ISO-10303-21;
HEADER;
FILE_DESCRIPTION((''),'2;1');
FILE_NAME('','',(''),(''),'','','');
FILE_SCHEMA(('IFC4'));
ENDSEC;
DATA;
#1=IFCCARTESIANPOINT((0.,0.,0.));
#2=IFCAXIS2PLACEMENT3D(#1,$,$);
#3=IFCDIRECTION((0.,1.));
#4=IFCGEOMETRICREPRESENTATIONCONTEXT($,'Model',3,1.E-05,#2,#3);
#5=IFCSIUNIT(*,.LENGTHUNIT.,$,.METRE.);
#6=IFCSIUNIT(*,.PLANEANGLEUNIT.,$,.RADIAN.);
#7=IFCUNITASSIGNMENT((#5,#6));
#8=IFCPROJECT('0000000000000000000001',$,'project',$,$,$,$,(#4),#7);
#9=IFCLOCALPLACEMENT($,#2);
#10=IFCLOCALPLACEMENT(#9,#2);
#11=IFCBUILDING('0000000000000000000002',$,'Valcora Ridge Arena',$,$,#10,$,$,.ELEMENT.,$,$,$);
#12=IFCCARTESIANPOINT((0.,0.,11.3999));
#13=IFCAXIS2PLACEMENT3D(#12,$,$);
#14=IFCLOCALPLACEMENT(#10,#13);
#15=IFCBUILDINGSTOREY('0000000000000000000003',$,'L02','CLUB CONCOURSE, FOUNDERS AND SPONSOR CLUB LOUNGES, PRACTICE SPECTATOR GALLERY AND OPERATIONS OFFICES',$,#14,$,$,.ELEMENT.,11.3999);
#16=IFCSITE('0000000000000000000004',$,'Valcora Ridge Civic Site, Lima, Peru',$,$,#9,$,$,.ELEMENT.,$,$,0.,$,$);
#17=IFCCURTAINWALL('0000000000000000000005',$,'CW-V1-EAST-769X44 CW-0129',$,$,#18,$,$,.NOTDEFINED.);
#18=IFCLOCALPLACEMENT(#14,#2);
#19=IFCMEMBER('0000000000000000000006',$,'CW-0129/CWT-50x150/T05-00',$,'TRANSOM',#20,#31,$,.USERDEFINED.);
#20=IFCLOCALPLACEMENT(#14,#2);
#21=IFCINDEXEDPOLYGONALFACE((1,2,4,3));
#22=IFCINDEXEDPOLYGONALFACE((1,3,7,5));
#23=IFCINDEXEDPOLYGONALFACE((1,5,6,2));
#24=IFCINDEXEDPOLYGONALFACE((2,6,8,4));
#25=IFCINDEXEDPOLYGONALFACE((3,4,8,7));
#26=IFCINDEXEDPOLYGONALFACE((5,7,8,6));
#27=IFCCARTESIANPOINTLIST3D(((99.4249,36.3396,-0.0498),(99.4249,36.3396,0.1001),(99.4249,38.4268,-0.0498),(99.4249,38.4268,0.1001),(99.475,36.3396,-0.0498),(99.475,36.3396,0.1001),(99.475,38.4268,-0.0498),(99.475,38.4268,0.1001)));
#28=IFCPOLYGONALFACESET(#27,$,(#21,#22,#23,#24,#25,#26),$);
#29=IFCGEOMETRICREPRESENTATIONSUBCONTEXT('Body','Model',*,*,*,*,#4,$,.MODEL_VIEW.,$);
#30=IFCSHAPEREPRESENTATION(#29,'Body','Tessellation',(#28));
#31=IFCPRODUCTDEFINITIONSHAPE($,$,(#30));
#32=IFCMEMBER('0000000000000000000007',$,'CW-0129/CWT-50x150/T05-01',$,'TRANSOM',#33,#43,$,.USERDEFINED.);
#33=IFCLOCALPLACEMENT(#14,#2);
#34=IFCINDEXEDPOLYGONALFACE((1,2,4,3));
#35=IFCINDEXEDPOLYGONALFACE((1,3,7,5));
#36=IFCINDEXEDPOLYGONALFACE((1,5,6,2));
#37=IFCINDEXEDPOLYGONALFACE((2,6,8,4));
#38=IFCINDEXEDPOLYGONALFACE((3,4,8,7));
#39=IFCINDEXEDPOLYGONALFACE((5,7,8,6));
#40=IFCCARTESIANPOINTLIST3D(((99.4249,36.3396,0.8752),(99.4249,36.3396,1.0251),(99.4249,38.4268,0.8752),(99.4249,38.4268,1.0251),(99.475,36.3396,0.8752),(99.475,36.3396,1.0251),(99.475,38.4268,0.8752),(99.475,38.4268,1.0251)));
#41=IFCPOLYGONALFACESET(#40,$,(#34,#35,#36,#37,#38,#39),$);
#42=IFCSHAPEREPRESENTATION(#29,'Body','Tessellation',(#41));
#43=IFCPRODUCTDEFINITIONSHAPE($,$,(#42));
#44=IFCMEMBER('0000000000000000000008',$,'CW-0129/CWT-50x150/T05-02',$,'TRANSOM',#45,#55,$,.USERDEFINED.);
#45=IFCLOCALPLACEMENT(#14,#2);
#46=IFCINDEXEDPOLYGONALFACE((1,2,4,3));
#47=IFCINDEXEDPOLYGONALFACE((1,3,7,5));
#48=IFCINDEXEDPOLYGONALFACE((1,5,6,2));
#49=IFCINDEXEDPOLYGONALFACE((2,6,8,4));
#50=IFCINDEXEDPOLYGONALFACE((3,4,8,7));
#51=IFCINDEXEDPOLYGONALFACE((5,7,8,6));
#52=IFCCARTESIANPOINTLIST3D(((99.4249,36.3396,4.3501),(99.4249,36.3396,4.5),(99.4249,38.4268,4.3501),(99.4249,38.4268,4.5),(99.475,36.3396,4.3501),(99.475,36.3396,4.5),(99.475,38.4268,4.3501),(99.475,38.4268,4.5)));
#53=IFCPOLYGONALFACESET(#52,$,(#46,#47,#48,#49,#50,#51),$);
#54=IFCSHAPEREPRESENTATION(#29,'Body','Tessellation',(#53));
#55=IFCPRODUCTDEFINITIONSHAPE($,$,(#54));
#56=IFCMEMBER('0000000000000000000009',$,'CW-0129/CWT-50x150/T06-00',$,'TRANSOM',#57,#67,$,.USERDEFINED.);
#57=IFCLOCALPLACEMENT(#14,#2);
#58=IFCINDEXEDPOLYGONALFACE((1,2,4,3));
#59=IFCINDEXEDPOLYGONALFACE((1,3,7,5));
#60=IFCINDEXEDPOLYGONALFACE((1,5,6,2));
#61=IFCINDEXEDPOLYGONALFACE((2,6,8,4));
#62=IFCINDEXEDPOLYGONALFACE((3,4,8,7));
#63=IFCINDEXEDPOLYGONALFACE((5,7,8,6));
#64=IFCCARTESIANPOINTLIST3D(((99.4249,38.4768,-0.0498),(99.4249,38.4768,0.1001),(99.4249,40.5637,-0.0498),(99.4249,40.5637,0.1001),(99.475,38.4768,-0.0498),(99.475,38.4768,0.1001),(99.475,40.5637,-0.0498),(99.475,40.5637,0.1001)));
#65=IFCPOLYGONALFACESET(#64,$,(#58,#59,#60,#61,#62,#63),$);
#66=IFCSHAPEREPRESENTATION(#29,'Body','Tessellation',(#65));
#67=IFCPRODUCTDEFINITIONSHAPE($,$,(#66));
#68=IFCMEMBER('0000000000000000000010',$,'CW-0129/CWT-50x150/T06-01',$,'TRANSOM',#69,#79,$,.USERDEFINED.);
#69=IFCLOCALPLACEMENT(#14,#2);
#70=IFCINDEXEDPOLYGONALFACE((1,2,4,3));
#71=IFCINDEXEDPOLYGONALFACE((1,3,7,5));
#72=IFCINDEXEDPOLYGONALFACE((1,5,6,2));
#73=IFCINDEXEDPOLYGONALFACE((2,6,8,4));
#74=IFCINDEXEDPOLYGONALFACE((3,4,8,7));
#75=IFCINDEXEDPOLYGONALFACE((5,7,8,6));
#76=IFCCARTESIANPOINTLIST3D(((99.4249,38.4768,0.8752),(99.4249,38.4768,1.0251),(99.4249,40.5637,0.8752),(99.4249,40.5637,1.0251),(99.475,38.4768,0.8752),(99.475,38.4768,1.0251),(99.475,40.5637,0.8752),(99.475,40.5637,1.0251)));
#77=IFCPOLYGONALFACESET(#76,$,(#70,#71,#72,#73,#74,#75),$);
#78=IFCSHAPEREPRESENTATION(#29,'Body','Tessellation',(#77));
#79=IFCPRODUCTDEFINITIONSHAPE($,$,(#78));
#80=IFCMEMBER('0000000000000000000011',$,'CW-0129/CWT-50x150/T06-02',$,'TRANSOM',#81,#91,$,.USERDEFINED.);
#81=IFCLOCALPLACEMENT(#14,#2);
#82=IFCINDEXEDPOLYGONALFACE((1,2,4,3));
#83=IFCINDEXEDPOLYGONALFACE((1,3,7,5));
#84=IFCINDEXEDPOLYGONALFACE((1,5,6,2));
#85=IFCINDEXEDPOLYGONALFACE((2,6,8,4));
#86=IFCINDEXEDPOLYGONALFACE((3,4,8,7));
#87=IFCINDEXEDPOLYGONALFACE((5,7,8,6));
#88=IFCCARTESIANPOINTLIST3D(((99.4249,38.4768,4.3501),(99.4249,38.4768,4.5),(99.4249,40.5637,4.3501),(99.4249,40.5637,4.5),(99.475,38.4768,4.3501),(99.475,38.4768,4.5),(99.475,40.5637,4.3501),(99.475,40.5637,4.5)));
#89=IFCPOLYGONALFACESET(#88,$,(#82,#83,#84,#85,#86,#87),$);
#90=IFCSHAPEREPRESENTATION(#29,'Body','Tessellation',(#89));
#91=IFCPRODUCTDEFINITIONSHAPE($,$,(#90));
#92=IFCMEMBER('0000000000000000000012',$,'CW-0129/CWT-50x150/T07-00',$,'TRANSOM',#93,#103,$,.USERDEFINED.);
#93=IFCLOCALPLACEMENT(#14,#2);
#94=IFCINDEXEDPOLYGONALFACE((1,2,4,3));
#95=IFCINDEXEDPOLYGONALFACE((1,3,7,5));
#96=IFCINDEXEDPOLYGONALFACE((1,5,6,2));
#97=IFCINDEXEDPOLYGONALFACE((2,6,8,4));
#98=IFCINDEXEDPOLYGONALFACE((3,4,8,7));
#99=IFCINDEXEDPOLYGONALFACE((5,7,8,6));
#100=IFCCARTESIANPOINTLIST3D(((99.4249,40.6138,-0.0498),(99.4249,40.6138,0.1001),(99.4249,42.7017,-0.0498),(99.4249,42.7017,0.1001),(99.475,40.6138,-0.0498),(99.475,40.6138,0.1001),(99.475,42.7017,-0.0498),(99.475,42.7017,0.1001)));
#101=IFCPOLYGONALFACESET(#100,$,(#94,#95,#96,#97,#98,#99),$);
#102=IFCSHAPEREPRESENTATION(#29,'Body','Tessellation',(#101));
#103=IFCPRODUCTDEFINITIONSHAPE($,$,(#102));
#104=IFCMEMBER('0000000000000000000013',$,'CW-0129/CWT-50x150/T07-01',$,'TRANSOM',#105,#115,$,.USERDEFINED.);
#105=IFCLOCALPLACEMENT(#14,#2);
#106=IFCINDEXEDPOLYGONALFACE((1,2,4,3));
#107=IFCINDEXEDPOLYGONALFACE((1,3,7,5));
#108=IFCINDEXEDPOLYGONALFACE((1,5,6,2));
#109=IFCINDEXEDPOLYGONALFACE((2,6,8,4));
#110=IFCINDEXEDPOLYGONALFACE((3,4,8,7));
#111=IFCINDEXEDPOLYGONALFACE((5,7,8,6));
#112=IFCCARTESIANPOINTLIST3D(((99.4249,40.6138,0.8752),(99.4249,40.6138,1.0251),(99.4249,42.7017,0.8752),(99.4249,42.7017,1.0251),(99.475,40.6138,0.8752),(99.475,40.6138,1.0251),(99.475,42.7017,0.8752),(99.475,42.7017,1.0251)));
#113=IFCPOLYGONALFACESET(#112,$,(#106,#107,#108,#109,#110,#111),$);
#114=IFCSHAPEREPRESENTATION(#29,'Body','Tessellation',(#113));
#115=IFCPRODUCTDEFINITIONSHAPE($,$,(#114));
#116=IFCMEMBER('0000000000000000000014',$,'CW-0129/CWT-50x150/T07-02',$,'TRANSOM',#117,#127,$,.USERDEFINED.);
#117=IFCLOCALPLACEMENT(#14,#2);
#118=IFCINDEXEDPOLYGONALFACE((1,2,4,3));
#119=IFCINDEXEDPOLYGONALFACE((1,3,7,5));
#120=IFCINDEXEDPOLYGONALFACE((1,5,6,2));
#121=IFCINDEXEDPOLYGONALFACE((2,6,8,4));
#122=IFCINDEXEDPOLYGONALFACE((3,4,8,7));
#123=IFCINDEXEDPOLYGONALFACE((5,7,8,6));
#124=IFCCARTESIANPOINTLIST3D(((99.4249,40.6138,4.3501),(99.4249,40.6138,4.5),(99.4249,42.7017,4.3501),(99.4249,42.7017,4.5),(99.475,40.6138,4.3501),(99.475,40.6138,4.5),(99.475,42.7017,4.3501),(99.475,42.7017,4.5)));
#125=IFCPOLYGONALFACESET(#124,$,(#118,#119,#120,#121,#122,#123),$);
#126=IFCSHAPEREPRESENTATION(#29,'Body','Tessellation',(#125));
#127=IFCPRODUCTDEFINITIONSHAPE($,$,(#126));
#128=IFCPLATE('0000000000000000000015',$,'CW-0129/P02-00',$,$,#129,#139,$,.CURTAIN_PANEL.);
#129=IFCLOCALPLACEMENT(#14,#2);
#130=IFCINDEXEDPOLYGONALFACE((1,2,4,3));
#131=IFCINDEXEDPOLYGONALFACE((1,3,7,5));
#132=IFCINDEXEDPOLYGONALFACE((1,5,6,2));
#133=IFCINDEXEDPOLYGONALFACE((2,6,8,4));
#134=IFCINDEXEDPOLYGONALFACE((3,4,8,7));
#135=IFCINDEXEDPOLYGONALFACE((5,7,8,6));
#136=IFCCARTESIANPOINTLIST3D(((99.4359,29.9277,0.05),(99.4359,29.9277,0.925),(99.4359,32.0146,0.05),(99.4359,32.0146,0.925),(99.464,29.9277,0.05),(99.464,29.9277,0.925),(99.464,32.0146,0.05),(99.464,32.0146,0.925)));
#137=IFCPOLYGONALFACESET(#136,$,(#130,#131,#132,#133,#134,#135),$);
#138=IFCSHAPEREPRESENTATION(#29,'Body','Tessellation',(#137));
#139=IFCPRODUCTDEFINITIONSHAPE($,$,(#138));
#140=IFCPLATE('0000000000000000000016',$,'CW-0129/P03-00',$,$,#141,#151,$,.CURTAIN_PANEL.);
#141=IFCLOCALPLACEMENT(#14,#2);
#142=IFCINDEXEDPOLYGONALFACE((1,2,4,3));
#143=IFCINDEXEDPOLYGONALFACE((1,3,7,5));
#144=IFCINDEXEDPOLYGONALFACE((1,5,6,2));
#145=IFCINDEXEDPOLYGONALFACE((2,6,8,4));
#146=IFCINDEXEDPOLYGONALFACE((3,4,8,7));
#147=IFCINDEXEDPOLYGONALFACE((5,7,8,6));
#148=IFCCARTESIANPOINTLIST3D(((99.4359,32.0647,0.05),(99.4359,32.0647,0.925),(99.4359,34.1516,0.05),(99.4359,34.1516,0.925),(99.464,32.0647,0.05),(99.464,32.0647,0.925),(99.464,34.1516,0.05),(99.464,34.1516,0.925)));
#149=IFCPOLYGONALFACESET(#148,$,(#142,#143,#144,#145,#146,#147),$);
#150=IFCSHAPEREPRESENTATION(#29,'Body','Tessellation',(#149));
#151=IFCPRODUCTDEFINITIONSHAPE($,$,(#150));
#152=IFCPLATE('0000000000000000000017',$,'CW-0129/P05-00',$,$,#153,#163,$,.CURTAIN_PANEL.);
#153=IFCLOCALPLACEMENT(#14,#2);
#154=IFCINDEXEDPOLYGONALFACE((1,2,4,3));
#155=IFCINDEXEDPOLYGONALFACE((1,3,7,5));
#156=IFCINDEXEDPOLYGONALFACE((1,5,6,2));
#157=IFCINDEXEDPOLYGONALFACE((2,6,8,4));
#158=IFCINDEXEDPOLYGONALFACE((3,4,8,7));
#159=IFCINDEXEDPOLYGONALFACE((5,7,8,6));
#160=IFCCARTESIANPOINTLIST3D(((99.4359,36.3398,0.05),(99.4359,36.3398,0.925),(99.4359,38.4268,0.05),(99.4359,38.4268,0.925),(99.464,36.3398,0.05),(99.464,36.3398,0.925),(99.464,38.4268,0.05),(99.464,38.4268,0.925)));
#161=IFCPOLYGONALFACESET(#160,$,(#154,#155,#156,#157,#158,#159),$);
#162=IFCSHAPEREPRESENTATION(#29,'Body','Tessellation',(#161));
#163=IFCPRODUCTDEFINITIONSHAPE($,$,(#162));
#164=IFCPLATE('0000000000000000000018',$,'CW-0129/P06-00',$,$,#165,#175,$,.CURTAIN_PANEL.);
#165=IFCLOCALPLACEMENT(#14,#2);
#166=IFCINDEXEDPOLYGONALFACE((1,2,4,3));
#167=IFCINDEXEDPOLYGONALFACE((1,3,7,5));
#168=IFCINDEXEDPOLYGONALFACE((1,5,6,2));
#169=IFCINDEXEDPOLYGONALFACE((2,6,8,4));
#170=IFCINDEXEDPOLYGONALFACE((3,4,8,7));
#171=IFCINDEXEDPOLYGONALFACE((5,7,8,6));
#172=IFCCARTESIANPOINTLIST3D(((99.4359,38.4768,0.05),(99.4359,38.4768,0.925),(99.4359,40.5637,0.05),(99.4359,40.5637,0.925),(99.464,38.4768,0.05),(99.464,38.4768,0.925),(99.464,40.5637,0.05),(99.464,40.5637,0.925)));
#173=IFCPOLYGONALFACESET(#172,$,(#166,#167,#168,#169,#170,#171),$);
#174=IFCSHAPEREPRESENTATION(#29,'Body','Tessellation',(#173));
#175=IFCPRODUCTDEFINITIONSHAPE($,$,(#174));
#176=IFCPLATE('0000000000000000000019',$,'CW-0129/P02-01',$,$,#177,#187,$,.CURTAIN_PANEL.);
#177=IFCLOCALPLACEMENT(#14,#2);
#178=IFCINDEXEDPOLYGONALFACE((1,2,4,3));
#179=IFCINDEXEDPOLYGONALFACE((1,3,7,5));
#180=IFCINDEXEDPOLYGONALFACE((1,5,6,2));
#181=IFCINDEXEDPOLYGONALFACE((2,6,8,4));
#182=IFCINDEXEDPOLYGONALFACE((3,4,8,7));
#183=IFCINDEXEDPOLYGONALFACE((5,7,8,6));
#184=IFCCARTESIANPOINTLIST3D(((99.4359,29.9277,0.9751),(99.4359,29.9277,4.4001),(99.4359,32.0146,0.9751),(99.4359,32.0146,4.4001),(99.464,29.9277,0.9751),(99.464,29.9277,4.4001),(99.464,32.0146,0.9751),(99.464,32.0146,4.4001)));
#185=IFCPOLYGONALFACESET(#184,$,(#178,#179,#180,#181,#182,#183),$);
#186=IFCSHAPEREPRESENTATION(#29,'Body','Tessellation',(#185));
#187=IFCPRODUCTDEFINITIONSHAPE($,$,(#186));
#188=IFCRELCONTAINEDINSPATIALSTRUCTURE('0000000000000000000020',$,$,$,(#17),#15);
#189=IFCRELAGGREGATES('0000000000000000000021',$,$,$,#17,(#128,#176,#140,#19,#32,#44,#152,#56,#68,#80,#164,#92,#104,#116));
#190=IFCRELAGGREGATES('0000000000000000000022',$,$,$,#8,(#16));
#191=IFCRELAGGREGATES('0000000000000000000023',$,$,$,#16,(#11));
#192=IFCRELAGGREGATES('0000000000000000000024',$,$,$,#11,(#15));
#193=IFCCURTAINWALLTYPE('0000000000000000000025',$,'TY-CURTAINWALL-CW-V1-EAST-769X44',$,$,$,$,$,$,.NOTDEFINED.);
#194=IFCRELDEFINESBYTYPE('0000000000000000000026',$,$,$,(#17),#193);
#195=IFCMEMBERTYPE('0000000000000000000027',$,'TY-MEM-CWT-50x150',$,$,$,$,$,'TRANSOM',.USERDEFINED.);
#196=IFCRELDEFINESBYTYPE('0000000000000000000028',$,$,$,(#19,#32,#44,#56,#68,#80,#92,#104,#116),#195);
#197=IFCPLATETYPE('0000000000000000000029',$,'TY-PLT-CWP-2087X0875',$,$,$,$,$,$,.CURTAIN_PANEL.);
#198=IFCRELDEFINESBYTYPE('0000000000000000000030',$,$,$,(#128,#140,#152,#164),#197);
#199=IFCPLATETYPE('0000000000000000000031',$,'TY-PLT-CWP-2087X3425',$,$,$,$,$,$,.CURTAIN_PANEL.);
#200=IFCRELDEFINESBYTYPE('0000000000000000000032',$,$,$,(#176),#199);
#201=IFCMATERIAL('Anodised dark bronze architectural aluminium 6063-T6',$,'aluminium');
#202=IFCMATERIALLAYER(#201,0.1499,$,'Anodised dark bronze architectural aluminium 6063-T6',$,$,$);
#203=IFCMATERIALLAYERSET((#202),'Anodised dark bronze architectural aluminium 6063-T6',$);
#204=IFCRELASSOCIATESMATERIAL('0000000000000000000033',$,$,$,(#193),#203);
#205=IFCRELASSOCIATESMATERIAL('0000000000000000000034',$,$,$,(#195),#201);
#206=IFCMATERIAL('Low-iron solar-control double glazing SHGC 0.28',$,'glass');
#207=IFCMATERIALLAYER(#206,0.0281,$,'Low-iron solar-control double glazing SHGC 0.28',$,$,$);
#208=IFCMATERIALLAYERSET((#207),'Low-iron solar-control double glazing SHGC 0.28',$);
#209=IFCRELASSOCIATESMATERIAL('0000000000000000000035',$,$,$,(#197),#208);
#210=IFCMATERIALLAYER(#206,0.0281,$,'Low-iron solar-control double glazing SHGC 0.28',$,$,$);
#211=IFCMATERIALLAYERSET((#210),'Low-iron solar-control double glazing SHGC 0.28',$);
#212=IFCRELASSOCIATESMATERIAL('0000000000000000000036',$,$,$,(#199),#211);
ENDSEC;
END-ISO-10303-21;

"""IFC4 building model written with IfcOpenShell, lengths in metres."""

from ifc_helpers import new_model, si_unit, direction, frame, origin, origin_2d, place, context, subcontext, project, spatial, rectangle, extrude, material, layer, layer_set, material_profile, profile_set, type_object, element, aggregate, save


model = new_model("IFC4")

# Units and contexts
model_context = context("Model", 3, precision=1e-05, world=origin(), true_north=direction((0.0, 1.0)))
body_context = subcontext(model_context, "Body", "Model", "MODEL_VIEW")
ifc_project = project(units=[si_unit("LENGTHUNIT", "METRE"), si_unit("PLANEANGLEUNIT", "RADIAN")], contexts=[model_context])

# Site, building, storey
site_placement = place(None, origin())
site = spatial("IfcSite", under=ifc_project, at=site_placement, Name="Valcora Ridge Civic Site, Lima, Peru", CompositionType="ELEMENT", RefElevation=0.0)
building_placement = place(site_placement, origin())
building = spatial("IfcBuilding", under=site, at=building_placement, Name="Valcora Ridge Arena", CompositionType="ELEMENT")
storey_placement = place(building_placement, frame((0.0, 0.0, 11.3999)))
storey = spatial("IfcBuildingStorey", under=building, at=storey_placement, Name="L02", Description="CLUB CONCOURSE, FOUNDERS AND SPONSOR CLUB LOUNGES, PRACTICE SPECTATOR GALLERY AND OPERATIONS OFFICES", CompositionType="ELEMENT", Elevation=11.3999)

# Curtain wall, members, plates
ifc_material_1 = material(Name="Anodised dark bronze architectural aluminium 6063-T6", Category="aluminium")
ifc_layer_1 = layer(ifc_material_1, 0.1499, Name="Anodised dark bronze architectural aluminium 6063-T6")
ifc_layer_set_1 = layer_set([ifc_layer_1], Name="Anodised dark bronze architectural aluminium 6063-T6")
curtain_wall_type = type_object("IfcCurtainWallType", Name="TY-CURTAINWALL-CW-V1-EAST-769X44", PredefinedType="NOTDEFINED", material=ifc_layer_set_1)
curtain_wall_placement = place(storey_placement, origin())
curtain_wall = element("IfcCurtainWall", 1, at=curtain_wall_placement, inside=storey, type_object=curtain_wall_type, Name="CW-V1-EAST-769X44 CW-0129", PredefinedType="NOTDEFINED")
ifc_material_profile_1 = material_profile(ifc_material_1, rectangle(XDim=0.05, YDim=0.1499, at=origin_2d()), Name="ALU TRANSOM 50x150")
ifc_profile_set_1 = profile_set([ifc_material_profile_1], Name="Anodised dark bronze architectural aluminium 6063-T6")
member_type_1 = type_object("IfcMemberType", Name="TY-MEM-CWT-50x150", ElementType="TRANSOM", PredefinedType="USERDEFINED", material=ifc_profile_set_1)
member_1_placement = place(storey_placement, frame((99.45, 36.3396, 0.0251), z_axis=(0.0, 1.0, 0.0), x_axis=(-1.0, 0.0, 0.0)))
member_1 = element("IfcMember", 2, at=member_1_placement, type_object=member_type_1, Name="CW-0129/CWT-50x150/T05-00", ObjectType="TRANSOM", PredefinedType="USERDEFINED", context=body_context, shape_type="SweptSolid", body=[
    extrude(rectangle(XDim=0.05, YDim=0.1499, at=origin_2d()), origin(), (0.0, 0.0, 1.0), 2.0872),
])
member_2_placement = place(storey_placement, frame((99.45, 36.3396, 0.9502), z_axis=(0.0, 1.0, 0.0), x_axis=(-1.0, 0.0, 0.0)))
member_2 = element("IfcMember", 3, at=member_2_placement, type_object=member_type_1, Name="CW-0129/CWT-50x150/T05-01", ObjectType="TRANSOM", PredefinedType="USERDEFINED", context=body_context, shape_type="SweptSolid", body=[
    extrude(rectangle(XDim=0.05, YDim=0.1499, at=origin_2d()), origin(), (0.0, 0.0, 1.0), 2.0872),
])
member_3_placement = place(storey_placement, frame((99.45, 36.3396, 4.425), z_axis=(0.0, 1.0, 0.0), x_axis=(-1.0, 0.0, 0.0)))
member_3 = element("IfcMember", 4, at=member_3_placement, type_object=member_type_1, Name="CW-0129/CWT-50x150/T05-02", ObjectType="TRANSOM", PredefinedType="USERDEFINED", context=body_context, shape_type="SweptSolid", body=[
    extrude(rectangle(XDim=0.05, YDim=0.1499, at=origin_2d()), origin(), (0.0, 0.0, 1.0), 2.0872),
])
member_4_placement = place(storey_placement, frame((99.45, 38.4768, 0.0251), z_axis=(0.0, 1.0, 0.0), x_axis=(-1.0, 0.0, 0.0)))
member_4 = element("IfcMember", 5, at=member_4_placement, type_object=member_type_1, Name="CW-0129/CWT-50x150/T06-00", ObjectType="TRANSOM", PredefinedType="USERDEFINED", context=body_context, shape_type="SweptSolid", body=[
    extrude(rectangle(XDim=0.05, YDim=0.1499, at=origin_2d()), origin(), (0.0, 0.0, 1.0), 2.0869),
])
member_5_placement = place(storey_placement, frame((99.45, 38.4768, 0.9502), z_axis=(0.0, 1.0, 0.0), x_axis=(-1.0, 0.0, 0.0)))
member_5 = element("IfcMember", 6, at=member_5_placement, type_object=member_type_1, Name="CW-0129/CWT-50x150/T06-01", ObjectType="TRANSOM", PredefinedType="USERDEFINED", context=body_context, shape_type="SweptSolid", body=[
    extrude(rectangle(XDim=0.05, YDim=0.1499, at=origin_2d()), origin(), (0.0, 0.0, 1.0), 2.0869),
])
member_6_placement = place(storey_placement, frame((99.45, 38.4768, 4.425), z_axis=(0.0, 1.0, 0.0), x_axis=(-1.0, 0.0, 0.0)))
member_6 = element("IfcMember", 7, at=member_6_placement, type_object=member_type_1, Name="CW-0129/CWT-50x150/T06-02", ObjectType="TRANSOM", PredefinedType="USERDEFINED", context=body_context, shape_type="SweptSolid", body=[
    extrude(rectangle(XDim=0.05, YDim=0.1499, at=origin_2d()), origin(), (0.0, 0.0, 1.0), 2.0869),
])
member_7_placement = place(storey_placement, frame((99.45, 40.6138, 0.0251), z_axis=(0.0, 1.0, 0.0), x_axis=(-1.0, 0.0, 0.0)))
member_7 = element("IfcMember", 8, at=member_7_placement, type_object=member_type_1, Name="CW-0129/CWT-50x150/T07-00", ObjectType="TRANSOM", PredefinedType="USERDEFINED", context=body_context, shape_type="SweptSolid", body=[
    extrude(rectangle(XDim=0.05, YDim=0.1499, at=origin_2d()), origin(), (0.0, 0.0, 1.0), 2.0879),
])
member_8_placement = place(storey_placement, frame((99.45, 40.6138, 0.9502), z_axis=(0.0, 1.0, 0.0), x_axis=(-1.0, 0.0, 0.0)))
member_8 = element("IfcMember", 9, at=member_8_placement, type_object=member_type_1, Name="CW-0129/CWT-50x150/T07-01", ObjectType="TRANSOM", PredefinedType="USERDEFINED", context=body_context, shape_type="SweptSolid", body=[
    extrude(rectangle(XDim=0.05, YDim=0.1499, at=origin_2d()), origin(), (0.0, 0.0, 1.0), 2.0879),
])
member_9_placement = place(storey_placement, frame((99.45, 40.6138, 4.425), z_axis=(0.0, 1.0, 0.0), x_axis=(-1.0, 0.0, 0.0)))
member_9 = element("IfcMember", 10, at=member_9_placement, type_object=member_type_1, Name="CW-0129/CWT-50x150/T07-02", ObjectType="TRANSOM", PredefinedType="USERDEFINED", context=body_context, shape_type="SweptSolid", body=[
    extrude(rectangle(XDim=0.05, YDim=0.1499, at=origin_2d()), origin(), (0.0, 0.0, 1.0), 2.0879),
])
ifc_material_2 = material(Name="Low-iron solar-control double glazing SHGC 0.28", Category="glass")
ifc_layer_2 = layer(ifc_material_2, 0.0281, Name="Low-iron solar-control double glazing SHGC 0.28")
ifc_layer_set_2 = layer_set([ifc_layer_2], Name="Low-iron solar-control double glazing SHGC 0.28")
plate_type_1 = type_object("IfcPlateType", Name="TY-PLT-CWP-2087X0875", PredefinedType="CURTAIN_PANEL", material=ifc_layer_set_2)
plate_1_placement = place(storey_placement, frame((99.45, 30.9712, 0.05), z_axis=(0.0, 0.0, 1.0), x_axis=(0.0, 1.0, 0.0)))
plate_1 = element("IfcPlate", 11, at=plate_1_placement, type_object=plate_type_1, Name="CW-0129/P02-00", PredefinedType="CURTAIN_PANEL", context=body_context, shape_type="SweptSolid", body=[
    extrude(rectangle(XDim=2.0869, YDim=0.0281, at=origin_2d()), origin(), (0.0, 0.0, 1.0), 0.875),
])
plate_2_placement = place(storey_placement, frame((99.45, 33.1082, 0.05), z_axis=(0.0, 0.0, 1.0), x_axis=(0.0, 1.0, 0.0)))
plate_2 = element("IfcPlate", 12, at=plate_2_placement, type_object=plate_type_1, Name="CW-0129/P03-00", PredefinedType="CURTAIN_PANEL", context=body_context, shape_type="SweptSolid", body=[
    extrude(rectangle(XDim=2.0869, YDim=0.0281, at=origin_2d()), origin(), (0.0, 0.0, 1.0), 0.875),
])
plate_3_placement = place(storey_placement, frame((99.45, 37.3833, 0.05), z_axis=(0.0, 0.0, 1.0), x_axis=(0.0, 1.0, 0.0)))
plate_3 = element("IfcPlate", 13, at=plate_3_placement, type_object=plate_type_1, Name="CW-0129/P05-00", PredefinedType="CURTAIN_PANEL", context=body_context, shape_type="SweptSolid", body=[
    extrude(rectangle(XDim=2.0869, YDim=0.0281, at=origin_2d()), origin(), (0.0, 0.0, 1.0), 0.875),
])
plate_4_placement = place(storey_placement, frame((99.45, 39.5203, 0.05), z_axis=(0.0, 0.0, 1.0), x_axis=(0.0, 1.0, 0.0)))
plate_4 = element("IfcPlate", 14, at=plate_4_placement, type_object=plate_type_1, Name="CW-0129/P06-00", PredefinedType="CURTAIN_PANEL", context=body_context, shape_type="SweptSolid", body=[
    extrude(rectangle(XDim=2.0869, YDim=0.0281, at=origin_2d()), origin(), (0.0, 0.0, 1.0), 0.875),
])
ifc_layer_3 = layer(ifc_material_2, 0.0281, Name="Low-iron solar-control double glazing SHGC 0.28")
ifc_layer_set_3 = layer_set([ifc_layer_3], Name="Low-iron solar-control double glazing SHGC 0.28")
plate_type_2 = type_object("IfcPlateType", Name="TY-PLT-CWP-2087X3425", PredefinedType="CURTAIN_PANEL", material=ifc_layer_set_3)
plate_5_placement = place(storey_placement, frame((99.45, 30.9712, 0.9751), z_axis=(0.0, 0.0, 1.0), x_axis=(0.0, 1.0, 0.0)))
plate_5 = element("IfcPlate", 15, at=plate_5_placement, type_object=plate_type_2, Name="CW-0129/P02-01", PredefinedType="CURTAIN_PANEL", context=body_context, shape_type="SweptSolid", body=[
    extrude(rectangle(XDim=2.0869, YDim=0.0281, at=origin_2d()), origin(), (0.0, 0.0, 1.0), 3.425),
])
aggregate(curtain_wall, [plate_1, plate_5, plate_2, member_1, member_2, member_3, plate_3, member_4, member_5, member_6, plate_4, member_7, member_8, member_9])

save(model, "model.ifc")
